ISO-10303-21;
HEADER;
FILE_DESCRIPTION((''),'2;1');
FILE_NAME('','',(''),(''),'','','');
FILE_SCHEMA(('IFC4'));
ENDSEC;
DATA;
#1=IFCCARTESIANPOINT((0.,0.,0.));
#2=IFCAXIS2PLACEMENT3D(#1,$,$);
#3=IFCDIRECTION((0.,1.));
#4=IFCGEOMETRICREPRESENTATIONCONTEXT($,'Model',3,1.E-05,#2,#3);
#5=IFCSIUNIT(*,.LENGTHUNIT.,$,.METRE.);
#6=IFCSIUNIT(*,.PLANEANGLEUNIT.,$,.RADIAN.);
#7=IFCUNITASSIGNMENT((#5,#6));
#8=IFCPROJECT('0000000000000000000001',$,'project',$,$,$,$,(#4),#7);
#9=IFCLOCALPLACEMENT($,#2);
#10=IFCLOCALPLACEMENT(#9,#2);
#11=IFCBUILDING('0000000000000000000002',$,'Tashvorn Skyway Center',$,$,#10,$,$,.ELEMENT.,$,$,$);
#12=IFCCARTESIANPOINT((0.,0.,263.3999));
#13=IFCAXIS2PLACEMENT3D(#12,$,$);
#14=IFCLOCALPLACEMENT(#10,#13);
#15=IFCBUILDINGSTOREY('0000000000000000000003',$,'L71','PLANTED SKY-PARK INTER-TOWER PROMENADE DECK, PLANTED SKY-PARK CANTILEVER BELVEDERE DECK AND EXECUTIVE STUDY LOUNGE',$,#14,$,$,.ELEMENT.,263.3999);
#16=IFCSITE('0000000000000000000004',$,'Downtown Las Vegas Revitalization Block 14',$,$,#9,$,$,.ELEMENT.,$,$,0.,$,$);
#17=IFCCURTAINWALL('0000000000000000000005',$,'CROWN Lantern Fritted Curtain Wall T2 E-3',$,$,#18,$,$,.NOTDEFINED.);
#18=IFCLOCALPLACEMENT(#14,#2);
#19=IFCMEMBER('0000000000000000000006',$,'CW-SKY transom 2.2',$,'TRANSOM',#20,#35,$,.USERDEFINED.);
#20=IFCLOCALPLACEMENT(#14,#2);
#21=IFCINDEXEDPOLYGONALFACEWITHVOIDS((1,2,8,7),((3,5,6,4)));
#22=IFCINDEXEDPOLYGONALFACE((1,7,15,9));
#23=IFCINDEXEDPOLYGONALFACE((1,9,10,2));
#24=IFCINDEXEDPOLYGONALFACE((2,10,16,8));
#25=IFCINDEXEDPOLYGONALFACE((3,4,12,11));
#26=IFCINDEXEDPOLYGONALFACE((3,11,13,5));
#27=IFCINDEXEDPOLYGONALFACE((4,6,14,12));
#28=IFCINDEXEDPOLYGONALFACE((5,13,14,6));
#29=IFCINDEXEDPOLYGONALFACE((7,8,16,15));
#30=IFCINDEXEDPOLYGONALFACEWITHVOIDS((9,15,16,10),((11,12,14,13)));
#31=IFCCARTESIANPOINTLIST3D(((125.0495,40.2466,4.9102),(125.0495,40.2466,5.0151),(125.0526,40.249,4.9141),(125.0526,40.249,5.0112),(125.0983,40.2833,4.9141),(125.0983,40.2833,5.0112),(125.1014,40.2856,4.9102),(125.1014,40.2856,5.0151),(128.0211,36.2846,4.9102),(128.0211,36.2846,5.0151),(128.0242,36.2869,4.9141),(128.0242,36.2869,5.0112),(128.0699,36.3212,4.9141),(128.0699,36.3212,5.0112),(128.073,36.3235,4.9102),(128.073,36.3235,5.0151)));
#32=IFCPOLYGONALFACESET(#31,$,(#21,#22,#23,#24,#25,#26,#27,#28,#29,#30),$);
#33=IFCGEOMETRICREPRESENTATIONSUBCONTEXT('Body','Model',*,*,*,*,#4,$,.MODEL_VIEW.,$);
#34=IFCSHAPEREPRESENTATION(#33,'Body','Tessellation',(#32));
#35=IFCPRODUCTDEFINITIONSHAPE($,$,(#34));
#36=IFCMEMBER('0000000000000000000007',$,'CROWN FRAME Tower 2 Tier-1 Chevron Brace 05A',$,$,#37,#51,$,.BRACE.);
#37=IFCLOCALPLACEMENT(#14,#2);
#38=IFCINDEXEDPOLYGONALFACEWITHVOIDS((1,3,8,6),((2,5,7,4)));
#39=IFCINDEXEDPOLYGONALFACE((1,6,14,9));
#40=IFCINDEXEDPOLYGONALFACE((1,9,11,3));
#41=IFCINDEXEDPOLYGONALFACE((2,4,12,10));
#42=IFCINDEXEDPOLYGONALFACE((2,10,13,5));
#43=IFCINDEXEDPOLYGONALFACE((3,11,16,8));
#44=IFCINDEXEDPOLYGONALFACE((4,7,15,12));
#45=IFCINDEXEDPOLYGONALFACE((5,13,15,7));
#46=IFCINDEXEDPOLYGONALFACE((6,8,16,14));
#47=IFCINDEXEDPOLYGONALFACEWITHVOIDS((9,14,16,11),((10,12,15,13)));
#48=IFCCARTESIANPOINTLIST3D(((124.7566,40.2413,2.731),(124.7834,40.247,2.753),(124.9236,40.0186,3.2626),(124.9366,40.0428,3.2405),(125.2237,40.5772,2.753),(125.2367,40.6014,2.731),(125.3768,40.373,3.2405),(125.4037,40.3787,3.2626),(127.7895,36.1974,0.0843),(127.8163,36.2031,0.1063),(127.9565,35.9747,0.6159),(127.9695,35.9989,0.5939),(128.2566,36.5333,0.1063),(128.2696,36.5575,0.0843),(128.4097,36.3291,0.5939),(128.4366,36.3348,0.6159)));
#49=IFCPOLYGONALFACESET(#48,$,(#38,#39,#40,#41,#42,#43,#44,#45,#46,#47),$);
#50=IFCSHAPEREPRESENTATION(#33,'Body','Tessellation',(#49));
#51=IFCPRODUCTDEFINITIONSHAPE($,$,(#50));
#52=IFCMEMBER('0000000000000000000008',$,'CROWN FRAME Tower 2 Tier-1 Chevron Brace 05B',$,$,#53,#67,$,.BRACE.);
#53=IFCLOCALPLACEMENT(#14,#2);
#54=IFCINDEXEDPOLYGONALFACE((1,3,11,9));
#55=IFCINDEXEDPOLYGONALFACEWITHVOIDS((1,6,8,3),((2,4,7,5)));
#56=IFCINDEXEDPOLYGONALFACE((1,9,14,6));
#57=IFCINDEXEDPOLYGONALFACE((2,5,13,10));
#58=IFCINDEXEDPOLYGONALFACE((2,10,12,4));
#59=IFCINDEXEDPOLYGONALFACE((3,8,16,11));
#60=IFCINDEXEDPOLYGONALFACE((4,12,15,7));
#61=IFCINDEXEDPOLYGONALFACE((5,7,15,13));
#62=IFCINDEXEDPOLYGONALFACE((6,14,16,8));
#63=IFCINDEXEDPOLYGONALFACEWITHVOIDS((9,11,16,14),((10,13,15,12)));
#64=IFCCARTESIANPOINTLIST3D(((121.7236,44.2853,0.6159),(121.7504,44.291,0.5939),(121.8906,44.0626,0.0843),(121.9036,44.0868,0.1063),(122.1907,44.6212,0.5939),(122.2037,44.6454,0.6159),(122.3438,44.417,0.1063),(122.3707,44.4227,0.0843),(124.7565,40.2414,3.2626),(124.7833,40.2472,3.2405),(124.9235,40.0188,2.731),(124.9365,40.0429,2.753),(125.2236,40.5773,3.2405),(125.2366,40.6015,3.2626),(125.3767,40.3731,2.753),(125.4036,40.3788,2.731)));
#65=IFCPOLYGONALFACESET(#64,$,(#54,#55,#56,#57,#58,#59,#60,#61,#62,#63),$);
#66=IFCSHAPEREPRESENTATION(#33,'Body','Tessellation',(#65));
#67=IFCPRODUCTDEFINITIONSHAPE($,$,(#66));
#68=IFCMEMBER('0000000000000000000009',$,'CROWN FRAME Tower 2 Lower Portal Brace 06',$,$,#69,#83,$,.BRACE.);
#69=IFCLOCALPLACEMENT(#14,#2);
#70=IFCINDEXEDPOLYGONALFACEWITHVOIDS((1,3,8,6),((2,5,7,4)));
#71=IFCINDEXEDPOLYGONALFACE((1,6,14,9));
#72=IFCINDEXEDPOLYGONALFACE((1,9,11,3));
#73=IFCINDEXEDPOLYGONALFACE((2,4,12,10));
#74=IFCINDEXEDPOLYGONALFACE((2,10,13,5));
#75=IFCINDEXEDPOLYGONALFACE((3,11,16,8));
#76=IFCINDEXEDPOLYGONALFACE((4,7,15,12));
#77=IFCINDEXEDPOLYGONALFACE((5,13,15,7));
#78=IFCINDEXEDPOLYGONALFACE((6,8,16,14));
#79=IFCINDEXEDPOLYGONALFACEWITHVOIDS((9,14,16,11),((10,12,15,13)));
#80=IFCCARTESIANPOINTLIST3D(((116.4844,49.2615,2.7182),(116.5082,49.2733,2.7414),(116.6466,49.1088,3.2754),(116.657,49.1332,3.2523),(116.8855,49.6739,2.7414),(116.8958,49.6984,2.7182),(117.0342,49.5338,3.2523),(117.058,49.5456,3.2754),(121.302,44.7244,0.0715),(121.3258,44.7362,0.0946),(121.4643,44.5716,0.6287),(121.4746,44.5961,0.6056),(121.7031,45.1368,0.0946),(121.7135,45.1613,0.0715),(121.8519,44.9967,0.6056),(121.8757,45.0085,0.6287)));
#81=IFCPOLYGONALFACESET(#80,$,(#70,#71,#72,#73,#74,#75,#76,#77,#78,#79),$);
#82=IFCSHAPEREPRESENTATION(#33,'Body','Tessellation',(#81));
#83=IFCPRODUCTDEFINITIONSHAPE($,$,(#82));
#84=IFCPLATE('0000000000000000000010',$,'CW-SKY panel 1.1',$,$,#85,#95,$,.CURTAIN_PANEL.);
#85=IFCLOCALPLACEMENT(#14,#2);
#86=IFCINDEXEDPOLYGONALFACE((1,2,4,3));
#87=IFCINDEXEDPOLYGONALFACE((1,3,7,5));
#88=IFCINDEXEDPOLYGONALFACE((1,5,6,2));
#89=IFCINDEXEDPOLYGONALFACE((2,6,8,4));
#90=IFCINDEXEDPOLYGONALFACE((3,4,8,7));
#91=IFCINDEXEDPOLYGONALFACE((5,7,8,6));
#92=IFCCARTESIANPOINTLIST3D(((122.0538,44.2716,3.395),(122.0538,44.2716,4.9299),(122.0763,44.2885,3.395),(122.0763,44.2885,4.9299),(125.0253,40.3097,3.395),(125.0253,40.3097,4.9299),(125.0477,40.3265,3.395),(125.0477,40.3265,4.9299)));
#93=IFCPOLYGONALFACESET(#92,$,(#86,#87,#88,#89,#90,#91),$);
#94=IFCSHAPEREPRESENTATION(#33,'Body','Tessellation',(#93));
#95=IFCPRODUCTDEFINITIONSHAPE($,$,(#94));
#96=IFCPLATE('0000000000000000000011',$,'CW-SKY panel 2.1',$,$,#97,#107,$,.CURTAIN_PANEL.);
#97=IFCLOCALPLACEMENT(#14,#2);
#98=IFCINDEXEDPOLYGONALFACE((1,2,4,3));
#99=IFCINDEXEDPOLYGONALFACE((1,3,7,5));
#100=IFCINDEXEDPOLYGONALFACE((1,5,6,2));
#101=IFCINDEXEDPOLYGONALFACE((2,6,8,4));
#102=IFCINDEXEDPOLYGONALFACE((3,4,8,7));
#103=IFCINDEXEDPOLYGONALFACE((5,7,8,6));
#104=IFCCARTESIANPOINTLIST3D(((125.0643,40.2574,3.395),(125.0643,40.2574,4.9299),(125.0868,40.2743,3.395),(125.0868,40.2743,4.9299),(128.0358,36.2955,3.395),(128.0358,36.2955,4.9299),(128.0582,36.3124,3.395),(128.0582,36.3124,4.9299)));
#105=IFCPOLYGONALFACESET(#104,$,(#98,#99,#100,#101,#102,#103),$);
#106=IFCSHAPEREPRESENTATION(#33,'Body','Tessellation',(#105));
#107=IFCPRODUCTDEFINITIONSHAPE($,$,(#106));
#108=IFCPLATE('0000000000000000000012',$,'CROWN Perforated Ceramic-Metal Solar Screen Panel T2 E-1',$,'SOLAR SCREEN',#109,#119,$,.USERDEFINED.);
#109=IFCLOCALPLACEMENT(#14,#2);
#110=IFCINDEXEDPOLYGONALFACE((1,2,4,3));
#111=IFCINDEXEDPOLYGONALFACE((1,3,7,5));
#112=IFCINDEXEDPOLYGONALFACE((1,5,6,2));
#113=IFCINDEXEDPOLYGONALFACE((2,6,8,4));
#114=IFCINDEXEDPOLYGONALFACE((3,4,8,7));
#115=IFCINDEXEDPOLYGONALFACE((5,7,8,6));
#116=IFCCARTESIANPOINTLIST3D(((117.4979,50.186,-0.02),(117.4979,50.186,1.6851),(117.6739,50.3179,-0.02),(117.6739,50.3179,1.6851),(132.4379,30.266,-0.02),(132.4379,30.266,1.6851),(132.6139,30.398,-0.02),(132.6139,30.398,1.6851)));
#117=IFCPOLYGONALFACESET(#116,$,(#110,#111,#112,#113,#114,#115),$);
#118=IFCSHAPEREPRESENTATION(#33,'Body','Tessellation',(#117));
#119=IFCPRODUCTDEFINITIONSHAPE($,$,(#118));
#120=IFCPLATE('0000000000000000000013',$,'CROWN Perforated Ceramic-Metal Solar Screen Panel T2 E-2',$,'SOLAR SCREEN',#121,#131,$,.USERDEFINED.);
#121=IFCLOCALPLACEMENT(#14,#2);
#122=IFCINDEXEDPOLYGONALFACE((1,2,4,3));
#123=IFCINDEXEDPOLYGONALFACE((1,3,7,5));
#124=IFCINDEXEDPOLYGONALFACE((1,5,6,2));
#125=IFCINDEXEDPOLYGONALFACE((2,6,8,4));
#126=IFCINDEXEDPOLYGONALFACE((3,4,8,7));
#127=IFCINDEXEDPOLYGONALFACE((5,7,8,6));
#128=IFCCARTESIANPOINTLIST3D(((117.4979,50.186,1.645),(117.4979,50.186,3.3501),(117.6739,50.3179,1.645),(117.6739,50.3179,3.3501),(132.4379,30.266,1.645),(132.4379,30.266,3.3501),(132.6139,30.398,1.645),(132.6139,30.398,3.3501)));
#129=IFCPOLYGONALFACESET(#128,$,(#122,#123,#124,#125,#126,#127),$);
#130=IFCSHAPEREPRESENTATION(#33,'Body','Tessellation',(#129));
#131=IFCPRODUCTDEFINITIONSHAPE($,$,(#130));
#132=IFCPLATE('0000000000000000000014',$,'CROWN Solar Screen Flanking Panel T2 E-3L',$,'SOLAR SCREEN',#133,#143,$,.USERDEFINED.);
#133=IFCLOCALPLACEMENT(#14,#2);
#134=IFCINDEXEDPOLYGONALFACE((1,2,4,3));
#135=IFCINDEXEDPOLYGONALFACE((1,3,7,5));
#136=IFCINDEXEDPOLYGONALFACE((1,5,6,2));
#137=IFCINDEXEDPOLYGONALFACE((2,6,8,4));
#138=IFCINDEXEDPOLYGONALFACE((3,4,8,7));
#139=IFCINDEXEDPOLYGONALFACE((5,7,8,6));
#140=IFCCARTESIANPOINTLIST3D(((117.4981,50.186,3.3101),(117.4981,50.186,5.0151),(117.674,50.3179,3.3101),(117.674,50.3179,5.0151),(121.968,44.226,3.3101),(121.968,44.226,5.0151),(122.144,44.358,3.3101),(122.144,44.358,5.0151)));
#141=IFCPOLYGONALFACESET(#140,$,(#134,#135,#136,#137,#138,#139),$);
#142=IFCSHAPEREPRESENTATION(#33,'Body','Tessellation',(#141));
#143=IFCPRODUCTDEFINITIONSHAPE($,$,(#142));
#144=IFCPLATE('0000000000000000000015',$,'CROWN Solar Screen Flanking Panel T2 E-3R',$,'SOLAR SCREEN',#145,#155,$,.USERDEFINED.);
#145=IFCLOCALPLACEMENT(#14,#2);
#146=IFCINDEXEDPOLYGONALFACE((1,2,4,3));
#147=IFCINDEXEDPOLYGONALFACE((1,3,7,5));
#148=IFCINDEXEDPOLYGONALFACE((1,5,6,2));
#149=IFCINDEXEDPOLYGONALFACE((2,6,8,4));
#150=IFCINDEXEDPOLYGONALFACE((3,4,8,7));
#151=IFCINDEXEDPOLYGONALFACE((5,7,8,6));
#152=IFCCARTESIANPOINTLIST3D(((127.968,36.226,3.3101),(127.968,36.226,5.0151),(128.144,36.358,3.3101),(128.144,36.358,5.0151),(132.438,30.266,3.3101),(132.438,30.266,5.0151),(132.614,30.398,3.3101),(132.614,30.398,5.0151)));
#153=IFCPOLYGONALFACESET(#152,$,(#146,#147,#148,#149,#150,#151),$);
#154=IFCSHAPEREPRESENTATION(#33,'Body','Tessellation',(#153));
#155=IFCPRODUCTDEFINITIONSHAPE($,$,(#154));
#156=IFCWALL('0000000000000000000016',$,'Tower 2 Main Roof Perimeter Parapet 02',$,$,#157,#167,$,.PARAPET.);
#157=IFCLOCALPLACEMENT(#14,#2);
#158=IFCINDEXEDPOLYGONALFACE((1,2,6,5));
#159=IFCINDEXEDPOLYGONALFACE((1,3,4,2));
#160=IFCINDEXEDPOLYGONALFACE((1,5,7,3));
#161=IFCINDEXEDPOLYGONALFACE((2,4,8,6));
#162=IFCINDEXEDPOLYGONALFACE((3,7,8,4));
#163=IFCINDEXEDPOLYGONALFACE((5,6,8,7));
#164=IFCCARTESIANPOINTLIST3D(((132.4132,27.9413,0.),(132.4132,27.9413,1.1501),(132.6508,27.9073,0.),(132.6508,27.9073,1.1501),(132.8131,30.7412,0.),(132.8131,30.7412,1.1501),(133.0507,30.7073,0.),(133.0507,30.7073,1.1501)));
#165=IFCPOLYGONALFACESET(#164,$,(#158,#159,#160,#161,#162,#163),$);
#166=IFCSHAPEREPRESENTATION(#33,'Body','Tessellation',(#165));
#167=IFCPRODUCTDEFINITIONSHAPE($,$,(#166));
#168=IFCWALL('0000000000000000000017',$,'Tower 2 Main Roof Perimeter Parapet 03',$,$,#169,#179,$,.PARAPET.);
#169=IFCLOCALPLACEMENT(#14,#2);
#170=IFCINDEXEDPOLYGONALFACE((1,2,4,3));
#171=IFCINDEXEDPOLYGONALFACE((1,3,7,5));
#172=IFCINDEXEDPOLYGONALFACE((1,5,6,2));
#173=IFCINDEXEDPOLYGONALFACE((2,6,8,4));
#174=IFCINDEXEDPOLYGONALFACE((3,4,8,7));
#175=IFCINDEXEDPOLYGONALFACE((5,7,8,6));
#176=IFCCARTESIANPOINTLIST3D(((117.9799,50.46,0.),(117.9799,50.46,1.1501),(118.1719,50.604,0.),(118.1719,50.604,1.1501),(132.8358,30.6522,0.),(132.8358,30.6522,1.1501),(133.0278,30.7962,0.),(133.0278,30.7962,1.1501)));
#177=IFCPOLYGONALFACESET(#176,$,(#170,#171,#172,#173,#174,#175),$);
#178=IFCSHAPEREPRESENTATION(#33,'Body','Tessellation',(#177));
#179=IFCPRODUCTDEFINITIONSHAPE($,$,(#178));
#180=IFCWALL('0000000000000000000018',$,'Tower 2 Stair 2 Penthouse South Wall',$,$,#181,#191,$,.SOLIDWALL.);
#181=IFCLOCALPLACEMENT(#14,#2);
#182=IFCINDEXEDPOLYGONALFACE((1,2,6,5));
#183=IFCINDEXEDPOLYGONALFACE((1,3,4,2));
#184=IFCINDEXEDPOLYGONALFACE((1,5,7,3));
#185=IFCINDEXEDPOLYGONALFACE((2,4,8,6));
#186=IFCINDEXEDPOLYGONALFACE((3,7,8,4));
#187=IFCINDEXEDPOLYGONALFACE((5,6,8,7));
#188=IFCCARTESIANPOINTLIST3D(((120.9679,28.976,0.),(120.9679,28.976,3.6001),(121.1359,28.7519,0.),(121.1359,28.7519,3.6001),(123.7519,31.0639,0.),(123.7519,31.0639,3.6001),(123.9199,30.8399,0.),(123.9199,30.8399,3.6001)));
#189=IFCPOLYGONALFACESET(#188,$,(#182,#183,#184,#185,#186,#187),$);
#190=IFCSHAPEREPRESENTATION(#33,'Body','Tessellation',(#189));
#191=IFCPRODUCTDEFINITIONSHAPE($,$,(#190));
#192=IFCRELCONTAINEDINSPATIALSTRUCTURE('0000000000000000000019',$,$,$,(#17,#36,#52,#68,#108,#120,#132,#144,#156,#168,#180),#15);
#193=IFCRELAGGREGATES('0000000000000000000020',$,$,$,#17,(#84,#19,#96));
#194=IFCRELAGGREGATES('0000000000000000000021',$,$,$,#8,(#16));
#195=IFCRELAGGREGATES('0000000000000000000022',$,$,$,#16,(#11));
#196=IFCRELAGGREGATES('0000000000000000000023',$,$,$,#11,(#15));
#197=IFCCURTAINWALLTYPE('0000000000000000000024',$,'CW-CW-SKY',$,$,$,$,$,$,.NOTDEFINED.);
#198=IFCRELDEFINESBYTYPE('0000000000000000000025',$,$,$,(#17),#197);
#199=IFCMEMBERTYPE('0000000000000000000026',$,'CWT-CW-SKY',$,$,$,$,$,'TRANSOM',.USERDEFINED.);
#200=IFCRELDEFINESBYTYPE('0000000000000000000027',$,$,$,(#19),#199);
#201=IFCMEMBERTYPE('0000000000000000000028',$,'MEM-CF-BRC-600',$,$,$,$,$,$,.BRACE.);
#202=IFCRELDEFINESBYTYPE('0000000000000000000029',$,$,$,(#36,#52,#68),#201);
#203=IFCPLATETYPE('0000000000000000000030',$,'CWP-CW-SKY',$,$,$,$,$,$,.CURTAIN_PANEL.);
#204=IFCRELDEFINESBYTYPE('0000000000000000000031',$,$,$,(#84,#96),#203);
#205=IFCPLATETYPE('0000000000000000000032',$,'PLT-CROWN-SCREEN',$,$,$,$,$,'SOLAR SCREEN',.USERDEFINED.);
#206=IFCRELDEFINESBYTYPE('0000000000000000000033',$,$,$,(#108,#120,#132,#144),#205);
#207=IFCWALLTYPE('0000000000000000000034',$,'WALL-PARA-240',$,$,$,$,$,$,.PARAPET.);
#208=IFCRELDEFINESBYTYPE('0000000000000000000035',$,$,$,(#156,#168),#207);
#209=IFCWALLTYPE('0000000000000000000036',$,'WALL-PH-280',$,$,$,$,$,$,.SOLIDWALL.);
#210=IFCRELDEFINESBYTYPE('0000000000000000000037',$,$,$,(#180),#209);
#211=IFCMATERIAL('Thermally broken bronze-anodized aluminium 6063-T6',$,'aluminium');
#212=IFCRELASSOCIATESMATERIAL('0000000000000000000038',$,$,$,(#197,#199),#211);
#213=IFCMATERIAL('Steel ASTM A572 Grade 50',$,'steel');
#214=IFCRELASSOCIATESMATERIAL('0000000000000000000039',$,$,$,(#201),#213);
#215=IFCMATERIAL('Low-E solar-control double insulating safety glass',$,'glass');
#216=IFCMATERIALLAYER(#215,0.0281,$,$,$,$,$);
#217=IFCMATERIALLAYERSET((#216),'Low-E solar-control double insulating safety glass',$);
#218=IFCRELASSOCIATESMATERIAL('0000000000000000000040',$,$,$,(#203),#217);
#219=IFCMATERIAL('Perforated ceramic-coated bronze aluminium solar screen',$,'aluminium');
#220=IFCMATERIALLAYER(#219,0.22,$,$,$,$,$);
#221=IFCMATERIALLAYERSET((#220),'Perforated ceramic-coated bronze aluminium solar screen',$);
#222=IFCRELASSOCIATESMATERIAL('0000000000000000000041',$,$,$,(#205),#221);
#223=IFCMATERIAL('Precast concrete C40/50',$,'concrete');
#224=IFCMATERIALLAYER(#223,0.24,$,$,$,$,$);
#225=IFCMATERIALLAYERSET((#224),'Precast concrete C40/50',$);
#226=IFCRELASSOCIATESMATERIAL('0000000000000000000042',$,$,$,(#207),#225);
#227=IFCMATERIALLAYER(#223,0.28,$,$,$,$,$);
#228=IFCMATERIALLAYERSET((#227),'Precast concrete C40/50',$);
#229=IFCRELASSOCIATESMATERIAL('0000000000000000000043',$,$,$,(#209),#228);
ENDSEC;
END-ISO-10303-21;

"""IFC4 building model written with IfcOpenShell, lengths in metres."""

from ifc_helpers import new_model, si_unit, direction, frame, frame_2d, origin, origin_2d, place, context, subcontext, project, spatial, rectangle, hollow_rectangle, extrude, material, layer, layer_set, material_profile, profile_set, type_object, element, aggregate, save


model = new_model("IFC4")

# Units and contexts
model_context = context("Model", 3, precision=1e-05, world=origin(), true_north=direction((0.0, 1.0)))
body_context = subcontext(model_context, "Body", "Model", "MODEL_VIEW")
ifc_project = project(units=[si_unit("LENGTHUNIT", "METRE"), si_unit("PLANEANGLEUNIT", "RADIAN")], contexts=[model_context])

# Site, building, storey
site_placement = place(None, origin())
site = spatial("IfcSite", under=ifc_project, at=site_placement, Name="Downtown Las Vegas Revitalization Block 14", CompositionType="ELEMENT", RefElevation=0.0)
building_placement = place(site_placement, origin())
building = spatial("IfcBuilding", under=site, at=building_placement, Name="Tashvorn Skyway Center", CompositionType="ELEMENT")
storey_placement = place(building_placement, frame((0.0, 0.0, 263.3999)))
storey = spatial("IfcBuildingStorey", under=building, at=storey_placement, Name="L71", Description="PLANTED SKY-PARK INTER-TOWER PROMENADE DECK, PLANTED SKY-PARK CANTILEVER BELVEDERE DECK AND EXECUTIVE STUDY LOUNGE", CompositionType="ELEMENT", Elevation=263.3999)

# Shared definitions
ifc_material_1 = material(Name="Steel ASTM A572 Grade 50", Category="steel")

# Curtain wall, member
ifc_material_2 = material(Name="Thermally broken bronze-anodized aluminium 6063-T6", Category="aluminium")
curtain_wall_type = type_object("IfcCurtainWallType", Name="CW-CW-SKY", PredefinedType="NOTDEFINED", material=ifc_material_2)
curtain_wall_placement = place(storey_placement, origin())
curtain_wall = element("IfcCurtainWall", 1, at=curtain_wall_placement, inside=storey, type_object=curtain_wall_type, Name="CROWN Lantern Fritted Curtain Wall T2 E-3", PredefinedType="NOTDEFINED")
ifc_material_profile_1 = material_profile(ifc_material_2, hollow_rectangle(XDim=0.0649, YDim=0.105, WallThickness=0.0039, at=origin_2d()), Name="ALU-TRAN-65x105")
ifc_profile_set_1 = profile_set([ifc_material_profile_1], Name="Thermally broken bronze-anodized aluminium 6063-T6")
member_type_1 = type_object("IfcMemberType", Name="CWT-CW-SKY", ElementType="TRANSOM", PredefinedType="USERDEFINED", material=ifc_profile_set_1)
member_1_placement = place(storey_placement, frame((125.0754, 40.2661, 4.9626), z_axis=(0.600008, -0.799994, 0.0), x_axis=(0.799994, 0.600008, 0.0)))
member_1 = element("IfcMember", 2, at=member_1_placement, type_object=member_type_1, Name="CW-SKY transom 2.2", ObjectType="TRANSOM", PredefinedType="USERDEFINED", context=body_context, shape_type="SweptSolid", body=[
    extrude(hollow_rectangle(XDim=0.0649, YDim=0.105, WallThickness=0.0039, at=origin_2d()), origin(), (0.0, 0.0, 1.0), 4.9526),
])

# Members
ifc_material_profile_2 = material_profile(ifc_material_1, hollow_rectangle(XDim=0.6001, YDim=0.6001, WallThickness=0.0249, at=origin_2d()), Name="BOX600x600x25")
ifc_profile_set_2 = profile_set([ifc_material_profile_2], Name="Steel ASTM A572 Grade 50")
member_type_2 = type_object("IfcMemberType", Name="MEM-CF-BRC-600", PredefinedType="BRACE", material=ifc_profile_set_2)
for number, where, z_axis, x_axis, name in (
    (3, (128.113, 36.2661, 0.3501), (-0.531546, 0.708728, 0.463857), (-0.8, -0.6, 0.0), "CROWN FRAME Tower 2 Tier-1 Chevron Brace 05A"),
    (4, (122.0471, 44.354, 0.3501), (0.531546, -0.708728, 0.463857), (0.8, 0.6, 0.0), "CROWN FRAME Tower 2 Tier-1 Chevron Brace 05B"),
):
    element("IfcMember", number, at=place(storey_placement, frame(where, z_axis=z_axis, x_axis=x_axis)), inside=storey, type_object=member_type_2, Name=name, PredefinedType="BRACE", context=body_context, shape_type="SweptSolid", body=[
        extrude(hollow_rectangle(XDim=0.6001, YDim=0.6001, WallThickness=0.0249, at=origin_2d()), origin(), (0.0, 0.0, 1.0), 5.7058),
    ])
member_2_placement = place(storey_placement, frame((121.5889, 44.8665, 0.3501), z_axis=(-0.675929, 0.636571, 0.371345), x_axis=(-0.685595, -0.727983, 0.0)))
element("IfcMember", 5, at=member_2_placement, inside=storey, type_object=member_type_2, Name="CROWN FRAME Tower 2 Lower Portal Brace 06", PredefinedType="BRACE", context=body_context, shape_type="SweptSolid", body=[
    extrude(hollow_rectangle(XDim=0.6001, YDim=0.6001, WallThickness=0.0249, at=origin_2d()), origin(), (0.0, 0.0, 1.0), 7.1274),
])

# Plates
ifc_material_3 = material(Name="Low-E solar-control double insulating safety glass", Category="glass")
ifc_layer_1 = layer(ifc_material_3, 0.0281)
ifc_layer_set_1 = layer_set([ifc_layer_1], Name="Low-E solar-control double insulating safety glass")
plate_type_1 = type_object("IfcPlateType", Name="CWP-CW-SKY", PredefinedType="CURTAIN_PANEL", material=ifc_layer_set_1)
plate_1_placement = place(storey_placement, frame((123.5508, 42.2991, 3.395), z_axis=(0.0, 0.0, 1.0), x_axis=(0.6, -0.8, 0.0)))
plate_1 = element("IfcPlate", 6, at=plate_1_placement, type_object=plate_type_1, Name="CW-SKY panel 1.1", PredefinedType="CURTAIN_PANEL", context=body_context, shape_type="SweptSolid", body=[
    extrude(rectangle(XDim=4.9524, YDim=0.0281, at=origin_2d()), origin(), (0.0, 0.0, 1.0), 1.5349),
])
plate_2_placement = place(storey_placement, frame((126.5613, 38.2849, 3.395), z_axis=(0.0, 0.0, 1.0), x_axis=(0.6, -0.8, 0.0)))
plate_2 = element("IfcPlate", 7, at=plate_2_placement, type_object=plate_type_1, Name="CW-SKY panel 2.1", PredefinedType="CURTAIN_PANEL", context=body_context, shape_type="SweptSolid", body=[
    extrude(rectangle(XDim=4.9524, YDim=0.0281, at=origin_2d()), origin(), (0.0, 0.0, 1.0), 1.5349),
])
aggregate(curtain_wall, [plate_1, member_1, plate_2])

# Plates
ifc_material_4 = material(Name="Perforated ceramic-coated bronze aluminium solar screen", Category="aluminium")
ifc_layer_2 = layer(ifc_material_4, 0.22)
ifc_layer_set_2 = layer_set([ifc_layer_2], Name="Perforated ceramic-coated bronze aluminium solar screen")
plate_type_2 = type_object("IfcPlateType", Name="PLT-CROWN-SCREEN", ElementType="SOLAR SCREEN", PredefinedType="USERDEFINED", material=ifc_layer_set_2)
for number, where, z_axis, x_axis, name in (
    (8, (125.0559, 40.292, -0.02), (0.0, 0.0, 1.0), (-0.6, 0.8, 0.0), "CROWN Perforated Ceramic-Metal Solar Screen Panel T2 E-1"),
    (9, (125.0559, 40.292, 1.645), (0.0, 0.0, 1.0), (-0.6, 0.8, 0.0), "CROWN Perforated Ceramic-Metal Solar Screen Panel T2 E-2"),
):
    element("IfcPlate", number, at=place(storey_placement, frame(where, z_axis=z_axis, x_axis=x_axis)), inside=storey, type_object=plate_type_2, Name=name, ObjectType="SOLAR SCREEN", PredefinedType="USERDEFINED", context=body_context, shape_type="SweptSolid", body=[
        extrude(rectangle(XDim=24.8999, YDim=0.22, at=origin_2d()), origin(), (0.0, 0.0, 1.0), 1.7051),
    ])
for number, where, z_axis, x_axis, name in (
    (10, (119.821, 47.272, 3.3101), (0.0, 0.0, 1.0), (-0.6, 0.8, 0.0), "CROWN Solar Screen Flanking Panel T2 E-3L"),
    (11, (130.291, 33.312, 3.3101), (0.0, 0.0, 1.0), (-0.6, 0.8, 0.0), "CROWN Solar Screen Flanking Panel T2 E-3R"),
):
    element("IfcPlate", number, at=place(storey_placement, frame(where, z_axis=z_axis, x_axis=x_axis)), inside=storey, type_object=plate_type_2, Name=name, ObjectType="SOLAR SCREEN", PredefinedType="USERDEFINED", context=body_context, shape_type="SweptSolid", body=[
        extrude(rectangle(XDim=7.45, YDim=0.22, at=origin_2d()), origin(), (0.0, 0.0, 1.0), 1.7051),
    ])

# Walls
ifc_material_5 = material(Name="Precast concrete C40/50", Category="concrete")
ifc_layer_3 = layer(ifc_material_5, 0.24)
ifc_layer_set_3 = layer_set([ifc_layer_3], Name="Precast concrete C40/50")
wall_type_1 = type_object("IfcWallType", Name="WALL-PARA-240", PredefinedType="PARAPET", material=ifc_layer_set_3)
wall_1_placement = place(storey_placement, frame((132.9319, 30.7241, 0.0), z_axis=(0.0, 0.0, 1.0), x_axis=(-0.141385, -0.989955, 0.0)))
element("IfcWall", 12, at=wall_1_placement, inside=storey, type_object=wall_type_1, Name="Tower 2 Main Roof Perimeter Parapet 02", PredefinedType="PARAPET", context=body_context, shape_type="SweptSolid", body=[
    extrude(rectangle(XDim=2.8284, YDim=0.24, at=frame_2d((1.4141, 0.0))), origin(), (0.0, 0.0, 1.0), 1.1501),
])
wall_2_placement = place(storey_placement, frame((118.0759, 50.532, 0.0), z_axis=(0.0, 0.0, 1.0), x_axis=(0.600002, -0.799999, 0.0)))
element("IfcWall", 13, at=wall_2_placement, inside=storey, type_object=wall_type_1, Name="Tower 2 Main Roof Perimeter Parapet 03", PredefinedType="PARAPET", context=body_context, shape_type="SweptSolid", body=[
    extrude(rectangle(XDim=24.7598, YDim=0.24, at=frame_2d((12.3799, 0.0))), origin(), (0.0, 0.0, 1.0), 1.1501),
])
ifc_layer_4 = layer(ifc_material_5, 0.28)
ifc_layer_set_4 = layer_set([ifc_layer_4], Name="Precast concrete C40/50")
wall_type_2 = type_object("IfcWallType", Name="WALL-PH-280", PredefinedType="SOLIDWALL", material=ifc_layer_set_4)
wall_3_placement = place(storey_placement, frame((123.8359, 30.9519, 0.0), z_axis=(0.0, 0.0, 1.0), x_axis=(-0.800008, -0.599989, 0.0)))
element("IfcWall", 14, at=wall_3_placement, inside=storey, type_object=wall_type_2, Name="Tower 2 Stair 2 Penthouse South Wall", PredefinedType="SOLIDWALL", context=body_context, shape_type="SweptSolid", body=[
    extrude(rectangle(XDim=3.48, YDim=0.28, at=frame_2d((1.74, 0.0))), origin(), (0.0, 0.0, 1.0), 3.6001),
])

save(model, "model.ifc")
